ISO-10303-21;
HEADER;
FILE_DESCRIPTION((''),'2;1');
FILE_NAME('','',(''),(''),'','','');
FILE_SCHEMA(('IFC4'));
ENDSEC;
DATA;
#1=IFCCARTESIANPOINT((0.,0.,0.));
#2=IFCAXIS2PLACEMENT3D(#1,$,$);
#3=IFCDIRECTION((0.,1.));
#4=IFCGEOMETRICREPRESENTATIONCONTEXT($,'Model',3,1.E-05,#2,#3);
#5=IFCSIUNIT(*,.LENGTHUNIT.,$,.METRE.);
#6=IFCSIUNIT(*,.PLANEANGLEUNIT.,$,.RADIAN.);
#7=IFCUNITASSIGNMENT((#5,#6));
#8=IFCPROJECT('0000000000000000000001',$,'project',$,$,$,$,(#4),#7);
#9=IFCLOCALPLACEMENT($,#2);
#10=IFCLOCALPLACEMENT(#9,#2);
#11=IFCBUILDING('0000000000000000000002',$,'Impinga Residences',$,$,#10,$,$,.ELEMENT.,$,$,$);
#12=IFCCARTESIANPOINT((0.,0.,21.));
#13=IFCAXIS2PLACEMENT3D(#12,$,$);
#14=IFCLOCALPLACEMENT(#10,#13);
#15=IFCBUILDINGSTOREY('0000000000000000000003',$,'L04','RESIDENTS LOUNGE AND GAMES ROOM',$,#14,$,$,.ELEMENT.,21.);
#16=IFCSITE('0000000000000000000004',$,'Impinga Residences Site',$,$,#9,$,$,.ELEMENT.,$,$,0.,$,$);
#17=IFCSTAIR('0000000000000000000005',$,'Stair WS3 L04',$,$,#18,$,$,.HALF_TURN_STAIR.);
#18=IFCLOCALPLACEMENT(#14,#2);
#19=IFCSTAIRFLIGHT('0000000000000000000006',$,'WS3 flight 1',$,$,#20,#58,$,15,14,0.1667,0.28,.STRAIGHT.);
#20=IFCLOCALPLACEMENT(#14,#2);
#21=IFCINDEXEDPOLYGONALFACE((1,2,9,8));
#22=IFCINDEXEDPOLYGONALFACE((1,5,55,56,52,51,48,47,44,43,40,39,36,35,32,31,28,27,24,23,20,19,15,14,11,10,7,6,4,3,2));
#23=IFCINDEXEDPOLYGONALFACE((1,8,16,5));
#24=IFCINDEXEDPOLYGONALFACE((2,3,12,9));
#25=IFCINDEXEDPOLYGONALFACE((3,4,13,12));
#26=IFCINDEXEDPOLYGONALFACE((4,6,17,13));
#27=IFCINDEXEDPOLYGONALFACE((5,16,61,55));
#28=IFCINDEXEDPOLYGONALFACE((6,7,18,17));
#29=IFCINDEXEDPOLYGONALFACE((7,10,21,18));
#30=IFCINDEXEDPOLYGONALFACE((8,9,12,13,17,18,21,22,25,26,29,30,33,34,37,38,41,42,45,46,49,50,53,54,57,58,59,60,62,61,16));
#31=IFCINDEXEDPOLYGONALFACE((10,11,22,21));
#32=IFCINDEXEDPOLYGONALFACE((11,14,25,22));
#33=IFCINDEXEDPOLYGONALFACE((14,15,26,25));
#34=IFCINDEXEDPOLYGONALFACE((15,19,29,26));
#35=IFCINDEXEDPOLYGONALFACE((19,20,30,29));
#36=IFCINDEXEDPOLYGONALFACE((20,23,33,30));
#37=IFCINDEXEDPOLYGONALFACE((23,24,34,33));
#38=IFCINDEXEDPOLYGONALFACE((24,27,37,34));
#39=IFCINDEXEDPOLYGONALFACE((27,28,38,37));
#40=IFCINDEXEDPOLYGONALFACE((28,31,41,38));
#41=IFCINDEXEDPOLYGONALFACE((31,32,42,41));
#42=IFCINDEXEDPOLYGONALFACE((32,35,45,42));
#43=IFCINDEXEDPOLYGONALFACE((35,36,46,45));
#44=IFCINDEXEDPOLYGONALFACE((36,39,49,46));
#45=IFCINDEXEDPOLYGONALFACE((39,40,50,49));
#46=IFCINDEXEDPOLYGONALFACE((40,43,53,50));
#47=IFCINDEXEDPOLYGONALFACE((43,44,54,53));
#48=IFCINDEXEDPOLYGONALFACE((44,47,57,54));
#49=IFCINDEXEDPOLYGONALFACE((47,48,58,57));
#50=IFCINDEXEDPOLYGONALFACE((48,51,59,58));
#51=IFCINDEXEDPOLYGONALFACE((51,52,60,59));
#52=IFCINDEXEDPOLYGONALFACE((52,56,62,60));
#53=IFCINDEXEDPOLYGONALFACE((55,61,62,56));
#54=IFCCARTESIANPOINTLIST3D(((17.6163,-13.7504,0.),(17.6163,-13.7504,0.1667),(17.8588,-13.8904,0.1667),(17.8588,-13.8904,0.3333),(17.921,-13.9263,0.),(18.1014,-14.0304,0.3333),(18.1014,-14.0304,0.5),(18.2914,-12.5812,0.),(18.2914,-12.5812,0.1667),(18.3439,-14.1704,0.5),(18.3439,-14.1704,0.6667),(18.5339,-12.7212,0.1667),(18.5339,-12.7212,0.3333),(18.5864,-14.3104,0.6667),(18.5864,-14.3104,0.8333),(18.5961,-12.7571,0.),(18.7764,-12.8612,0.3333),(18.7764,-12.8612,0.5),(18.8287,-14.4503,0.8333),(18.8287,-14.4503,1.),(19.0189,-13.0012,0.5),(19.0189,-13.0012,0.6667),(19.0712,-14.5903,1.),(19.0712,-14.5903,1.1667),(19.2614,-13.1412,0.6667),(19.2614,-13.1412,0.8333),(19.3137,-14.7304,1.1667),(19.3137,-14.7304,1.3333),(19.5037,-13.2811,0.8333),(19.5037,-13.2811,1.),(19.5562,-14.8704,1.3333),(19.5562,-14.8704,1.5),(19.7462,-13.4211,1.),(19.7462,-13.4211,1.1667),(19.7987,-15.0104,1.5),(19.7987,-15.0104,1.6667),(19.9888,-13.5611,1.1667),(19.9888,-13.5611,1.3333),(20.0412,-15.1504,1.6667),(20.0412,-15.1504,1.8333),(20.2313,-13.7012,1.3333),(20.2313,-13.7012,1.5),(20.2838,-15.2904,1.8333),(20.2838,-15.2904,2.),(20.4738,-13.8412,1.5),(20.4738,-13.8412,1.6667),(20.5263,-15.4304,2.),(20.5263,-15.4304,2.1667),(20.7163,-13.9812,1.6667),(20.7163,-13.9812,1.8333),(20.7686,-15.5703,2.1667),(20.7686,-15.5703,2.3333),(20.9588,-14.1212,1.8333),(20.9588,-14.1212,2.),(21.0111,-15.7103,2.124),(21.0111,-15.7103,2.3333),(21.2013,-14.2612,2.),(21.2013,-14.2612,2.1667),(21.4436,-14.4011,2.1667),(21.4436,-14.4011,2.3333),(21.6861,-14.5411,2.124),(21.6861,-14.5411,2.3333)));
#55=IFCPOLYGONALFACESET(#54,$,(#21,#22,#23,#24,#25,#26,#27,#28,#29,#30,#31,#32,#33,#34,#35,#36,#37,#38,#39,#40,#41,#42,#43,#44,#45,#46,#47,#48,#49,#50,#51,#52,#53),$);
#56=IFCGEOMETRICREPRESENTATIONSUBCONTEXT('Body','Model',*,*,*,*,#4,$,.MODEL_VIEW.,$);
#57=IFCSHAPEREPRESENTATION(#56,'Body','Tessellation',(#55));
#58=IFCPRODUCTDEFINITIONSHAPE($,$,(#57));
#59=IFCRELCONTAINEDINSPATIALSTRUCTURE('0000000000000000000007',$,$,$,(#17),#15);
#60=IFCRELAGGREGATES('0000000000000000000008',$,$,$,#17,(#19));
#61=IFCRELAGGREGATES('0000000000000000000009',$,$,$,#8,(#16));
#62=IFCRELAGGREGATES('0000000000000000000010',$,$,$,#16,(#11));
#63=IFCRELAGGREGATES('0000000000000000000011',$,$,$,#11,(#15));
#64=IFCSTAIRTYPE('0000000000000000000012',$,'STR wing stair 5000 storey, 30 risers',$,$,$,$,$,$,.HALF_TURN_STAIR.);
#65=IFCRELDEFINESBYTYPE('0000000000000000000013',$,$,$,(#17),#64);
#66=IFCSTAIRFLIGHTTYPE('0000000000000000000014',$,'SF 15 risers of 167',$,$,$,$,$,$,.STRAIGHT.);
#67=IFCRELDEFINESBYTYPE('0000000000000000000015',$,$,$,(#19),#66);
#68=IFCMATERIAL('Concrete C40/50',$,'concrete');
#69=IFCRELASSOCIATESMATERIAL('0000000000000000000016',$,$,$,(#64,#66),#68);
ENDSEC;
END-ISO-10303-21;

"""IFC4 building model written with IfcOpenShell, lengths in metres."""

from ifc_helpers import new_model, si_unit, direction, frame, origin, place, context, subcontext, project, spatial, polyline, outline, extrude, material, type_object, element, aggregate, save


model = new_model("IFC4")

# Units and contexts
model_context = context("Model", 3, precision=1e-05, world=origin(), true_north=direction((0.0, 1.0)))
body_context = subcontext(model_context, "Body", "Model", "MODEL_VIEW")
ifc_project = project(units=[si_unit("LENGTHUNIT", "METRE"), si_unit("PLANEANGLEUNIT", "RADIAN")], contexts=[model_context])

# Site, building, storey
site_placement = place(None, origin())
site = spatial("IfcSite", under=ifc_project, at=site_placement, Name="Impinga Residences Site", CompositionType="ELEMENT", RefElevation=0.0)
building_placement = place(site_placement, origin())
building = spatial("IfcBuilding", under=site, at=building_placement, Name="Impinga Residences", CompositionType="ELEMENT")
storey_placement = place(building_placement, frame((0.0, 0.0, 21.0)))
storey = spatial("IfcBuildingStorey", under=building, at=storey_placement, Name="L04", Description="RESIDENTS LOUNGE AND GAMES ROOM", CompositionType="ELEMENT", Elevation=21.0)

# Stair, stair flight
ifc_material_1 = material(Name="Concrete C40/50", Category="concrete")
stair_type = type_object("IfcStairType", Name="STR wing stair 5000 storey, 30 risers", PredefinedType="HALF_TURN_STAIR", material=ifc_material_1)
stair_placement = place(storey_placement, origin())
stair = element("IfcStair", 1, at=stair_placement, inside=storey, type_object=stair_type, Name="Stair WS3 L04", PredefinedType="HALF_TURN_STAIR")
stair_flight_type = type_object("IfcStairFlightType", Name="SF 15 risers of 167", PredefinedType="STRAIGHT", material=ifc_material_1)
stair_flight_placement = place(storey_placement, frame((17.9539, -13.1658, 0.0), z_axis=(0.0, 0.0, 1.0), x_axis=(0.866025, -0.5, 0.0)))
stair_flight = element("IfcStairFlight", 2, at=stair_flight_placement, type_object=stair_flight_type, Name="WS3 flight 1", NumberOfRisers=15, NumberOfTreads=14, PredefinedType="STRAIGHT", RiserHeight=0.1667, TreadLength=0.28, context=body_context, shape_type="SweptSolid", body=[
    extrude(outline(polyline([(0.0, 0.0), (0.0, 0.1667), (0.28, 0.1667), (0.28, 0.3333), (0.5601, 0.3333), (0.5601, 0.5), (0.8401, 0.5), (0.8401, 0.6667), (1.1201, 0.6667), (1.1201, 0.8333), (1.3999, 0.8333), (1.3999, 1.0), (1.6799, 1.0), (1.6799, 1.1667), (1.96, 1.1667), (1.96, 1.3333), (2.24, 1.3333), (2.24, 1.5), (2.52, 1.5), (2.52, 1.6667), (2.8, 1.6667), (2.8, 1.8333), (3.0801, 1.8333), (3.0801, 2.0), (3.3601, 2.0), (3.3601, 2.1667), (3.6399, 2.1667), (3.6399, 2.3333), (3.9199, 2.3333), (3.9199, 2.5), (3.9199, 2.124), (0.3518, 0.0), (0.0, 0.0)])), frame((0.0, 0.675, 0.0), z_axis=(0.0, -1.0, 0.0), x_axis=(1.0, 0.0, 0.0)), (0.0, 0.0, 1.0), 1.3501),
])
aggregate(stair, [stair_flight])

save(model, "model.ifc")
